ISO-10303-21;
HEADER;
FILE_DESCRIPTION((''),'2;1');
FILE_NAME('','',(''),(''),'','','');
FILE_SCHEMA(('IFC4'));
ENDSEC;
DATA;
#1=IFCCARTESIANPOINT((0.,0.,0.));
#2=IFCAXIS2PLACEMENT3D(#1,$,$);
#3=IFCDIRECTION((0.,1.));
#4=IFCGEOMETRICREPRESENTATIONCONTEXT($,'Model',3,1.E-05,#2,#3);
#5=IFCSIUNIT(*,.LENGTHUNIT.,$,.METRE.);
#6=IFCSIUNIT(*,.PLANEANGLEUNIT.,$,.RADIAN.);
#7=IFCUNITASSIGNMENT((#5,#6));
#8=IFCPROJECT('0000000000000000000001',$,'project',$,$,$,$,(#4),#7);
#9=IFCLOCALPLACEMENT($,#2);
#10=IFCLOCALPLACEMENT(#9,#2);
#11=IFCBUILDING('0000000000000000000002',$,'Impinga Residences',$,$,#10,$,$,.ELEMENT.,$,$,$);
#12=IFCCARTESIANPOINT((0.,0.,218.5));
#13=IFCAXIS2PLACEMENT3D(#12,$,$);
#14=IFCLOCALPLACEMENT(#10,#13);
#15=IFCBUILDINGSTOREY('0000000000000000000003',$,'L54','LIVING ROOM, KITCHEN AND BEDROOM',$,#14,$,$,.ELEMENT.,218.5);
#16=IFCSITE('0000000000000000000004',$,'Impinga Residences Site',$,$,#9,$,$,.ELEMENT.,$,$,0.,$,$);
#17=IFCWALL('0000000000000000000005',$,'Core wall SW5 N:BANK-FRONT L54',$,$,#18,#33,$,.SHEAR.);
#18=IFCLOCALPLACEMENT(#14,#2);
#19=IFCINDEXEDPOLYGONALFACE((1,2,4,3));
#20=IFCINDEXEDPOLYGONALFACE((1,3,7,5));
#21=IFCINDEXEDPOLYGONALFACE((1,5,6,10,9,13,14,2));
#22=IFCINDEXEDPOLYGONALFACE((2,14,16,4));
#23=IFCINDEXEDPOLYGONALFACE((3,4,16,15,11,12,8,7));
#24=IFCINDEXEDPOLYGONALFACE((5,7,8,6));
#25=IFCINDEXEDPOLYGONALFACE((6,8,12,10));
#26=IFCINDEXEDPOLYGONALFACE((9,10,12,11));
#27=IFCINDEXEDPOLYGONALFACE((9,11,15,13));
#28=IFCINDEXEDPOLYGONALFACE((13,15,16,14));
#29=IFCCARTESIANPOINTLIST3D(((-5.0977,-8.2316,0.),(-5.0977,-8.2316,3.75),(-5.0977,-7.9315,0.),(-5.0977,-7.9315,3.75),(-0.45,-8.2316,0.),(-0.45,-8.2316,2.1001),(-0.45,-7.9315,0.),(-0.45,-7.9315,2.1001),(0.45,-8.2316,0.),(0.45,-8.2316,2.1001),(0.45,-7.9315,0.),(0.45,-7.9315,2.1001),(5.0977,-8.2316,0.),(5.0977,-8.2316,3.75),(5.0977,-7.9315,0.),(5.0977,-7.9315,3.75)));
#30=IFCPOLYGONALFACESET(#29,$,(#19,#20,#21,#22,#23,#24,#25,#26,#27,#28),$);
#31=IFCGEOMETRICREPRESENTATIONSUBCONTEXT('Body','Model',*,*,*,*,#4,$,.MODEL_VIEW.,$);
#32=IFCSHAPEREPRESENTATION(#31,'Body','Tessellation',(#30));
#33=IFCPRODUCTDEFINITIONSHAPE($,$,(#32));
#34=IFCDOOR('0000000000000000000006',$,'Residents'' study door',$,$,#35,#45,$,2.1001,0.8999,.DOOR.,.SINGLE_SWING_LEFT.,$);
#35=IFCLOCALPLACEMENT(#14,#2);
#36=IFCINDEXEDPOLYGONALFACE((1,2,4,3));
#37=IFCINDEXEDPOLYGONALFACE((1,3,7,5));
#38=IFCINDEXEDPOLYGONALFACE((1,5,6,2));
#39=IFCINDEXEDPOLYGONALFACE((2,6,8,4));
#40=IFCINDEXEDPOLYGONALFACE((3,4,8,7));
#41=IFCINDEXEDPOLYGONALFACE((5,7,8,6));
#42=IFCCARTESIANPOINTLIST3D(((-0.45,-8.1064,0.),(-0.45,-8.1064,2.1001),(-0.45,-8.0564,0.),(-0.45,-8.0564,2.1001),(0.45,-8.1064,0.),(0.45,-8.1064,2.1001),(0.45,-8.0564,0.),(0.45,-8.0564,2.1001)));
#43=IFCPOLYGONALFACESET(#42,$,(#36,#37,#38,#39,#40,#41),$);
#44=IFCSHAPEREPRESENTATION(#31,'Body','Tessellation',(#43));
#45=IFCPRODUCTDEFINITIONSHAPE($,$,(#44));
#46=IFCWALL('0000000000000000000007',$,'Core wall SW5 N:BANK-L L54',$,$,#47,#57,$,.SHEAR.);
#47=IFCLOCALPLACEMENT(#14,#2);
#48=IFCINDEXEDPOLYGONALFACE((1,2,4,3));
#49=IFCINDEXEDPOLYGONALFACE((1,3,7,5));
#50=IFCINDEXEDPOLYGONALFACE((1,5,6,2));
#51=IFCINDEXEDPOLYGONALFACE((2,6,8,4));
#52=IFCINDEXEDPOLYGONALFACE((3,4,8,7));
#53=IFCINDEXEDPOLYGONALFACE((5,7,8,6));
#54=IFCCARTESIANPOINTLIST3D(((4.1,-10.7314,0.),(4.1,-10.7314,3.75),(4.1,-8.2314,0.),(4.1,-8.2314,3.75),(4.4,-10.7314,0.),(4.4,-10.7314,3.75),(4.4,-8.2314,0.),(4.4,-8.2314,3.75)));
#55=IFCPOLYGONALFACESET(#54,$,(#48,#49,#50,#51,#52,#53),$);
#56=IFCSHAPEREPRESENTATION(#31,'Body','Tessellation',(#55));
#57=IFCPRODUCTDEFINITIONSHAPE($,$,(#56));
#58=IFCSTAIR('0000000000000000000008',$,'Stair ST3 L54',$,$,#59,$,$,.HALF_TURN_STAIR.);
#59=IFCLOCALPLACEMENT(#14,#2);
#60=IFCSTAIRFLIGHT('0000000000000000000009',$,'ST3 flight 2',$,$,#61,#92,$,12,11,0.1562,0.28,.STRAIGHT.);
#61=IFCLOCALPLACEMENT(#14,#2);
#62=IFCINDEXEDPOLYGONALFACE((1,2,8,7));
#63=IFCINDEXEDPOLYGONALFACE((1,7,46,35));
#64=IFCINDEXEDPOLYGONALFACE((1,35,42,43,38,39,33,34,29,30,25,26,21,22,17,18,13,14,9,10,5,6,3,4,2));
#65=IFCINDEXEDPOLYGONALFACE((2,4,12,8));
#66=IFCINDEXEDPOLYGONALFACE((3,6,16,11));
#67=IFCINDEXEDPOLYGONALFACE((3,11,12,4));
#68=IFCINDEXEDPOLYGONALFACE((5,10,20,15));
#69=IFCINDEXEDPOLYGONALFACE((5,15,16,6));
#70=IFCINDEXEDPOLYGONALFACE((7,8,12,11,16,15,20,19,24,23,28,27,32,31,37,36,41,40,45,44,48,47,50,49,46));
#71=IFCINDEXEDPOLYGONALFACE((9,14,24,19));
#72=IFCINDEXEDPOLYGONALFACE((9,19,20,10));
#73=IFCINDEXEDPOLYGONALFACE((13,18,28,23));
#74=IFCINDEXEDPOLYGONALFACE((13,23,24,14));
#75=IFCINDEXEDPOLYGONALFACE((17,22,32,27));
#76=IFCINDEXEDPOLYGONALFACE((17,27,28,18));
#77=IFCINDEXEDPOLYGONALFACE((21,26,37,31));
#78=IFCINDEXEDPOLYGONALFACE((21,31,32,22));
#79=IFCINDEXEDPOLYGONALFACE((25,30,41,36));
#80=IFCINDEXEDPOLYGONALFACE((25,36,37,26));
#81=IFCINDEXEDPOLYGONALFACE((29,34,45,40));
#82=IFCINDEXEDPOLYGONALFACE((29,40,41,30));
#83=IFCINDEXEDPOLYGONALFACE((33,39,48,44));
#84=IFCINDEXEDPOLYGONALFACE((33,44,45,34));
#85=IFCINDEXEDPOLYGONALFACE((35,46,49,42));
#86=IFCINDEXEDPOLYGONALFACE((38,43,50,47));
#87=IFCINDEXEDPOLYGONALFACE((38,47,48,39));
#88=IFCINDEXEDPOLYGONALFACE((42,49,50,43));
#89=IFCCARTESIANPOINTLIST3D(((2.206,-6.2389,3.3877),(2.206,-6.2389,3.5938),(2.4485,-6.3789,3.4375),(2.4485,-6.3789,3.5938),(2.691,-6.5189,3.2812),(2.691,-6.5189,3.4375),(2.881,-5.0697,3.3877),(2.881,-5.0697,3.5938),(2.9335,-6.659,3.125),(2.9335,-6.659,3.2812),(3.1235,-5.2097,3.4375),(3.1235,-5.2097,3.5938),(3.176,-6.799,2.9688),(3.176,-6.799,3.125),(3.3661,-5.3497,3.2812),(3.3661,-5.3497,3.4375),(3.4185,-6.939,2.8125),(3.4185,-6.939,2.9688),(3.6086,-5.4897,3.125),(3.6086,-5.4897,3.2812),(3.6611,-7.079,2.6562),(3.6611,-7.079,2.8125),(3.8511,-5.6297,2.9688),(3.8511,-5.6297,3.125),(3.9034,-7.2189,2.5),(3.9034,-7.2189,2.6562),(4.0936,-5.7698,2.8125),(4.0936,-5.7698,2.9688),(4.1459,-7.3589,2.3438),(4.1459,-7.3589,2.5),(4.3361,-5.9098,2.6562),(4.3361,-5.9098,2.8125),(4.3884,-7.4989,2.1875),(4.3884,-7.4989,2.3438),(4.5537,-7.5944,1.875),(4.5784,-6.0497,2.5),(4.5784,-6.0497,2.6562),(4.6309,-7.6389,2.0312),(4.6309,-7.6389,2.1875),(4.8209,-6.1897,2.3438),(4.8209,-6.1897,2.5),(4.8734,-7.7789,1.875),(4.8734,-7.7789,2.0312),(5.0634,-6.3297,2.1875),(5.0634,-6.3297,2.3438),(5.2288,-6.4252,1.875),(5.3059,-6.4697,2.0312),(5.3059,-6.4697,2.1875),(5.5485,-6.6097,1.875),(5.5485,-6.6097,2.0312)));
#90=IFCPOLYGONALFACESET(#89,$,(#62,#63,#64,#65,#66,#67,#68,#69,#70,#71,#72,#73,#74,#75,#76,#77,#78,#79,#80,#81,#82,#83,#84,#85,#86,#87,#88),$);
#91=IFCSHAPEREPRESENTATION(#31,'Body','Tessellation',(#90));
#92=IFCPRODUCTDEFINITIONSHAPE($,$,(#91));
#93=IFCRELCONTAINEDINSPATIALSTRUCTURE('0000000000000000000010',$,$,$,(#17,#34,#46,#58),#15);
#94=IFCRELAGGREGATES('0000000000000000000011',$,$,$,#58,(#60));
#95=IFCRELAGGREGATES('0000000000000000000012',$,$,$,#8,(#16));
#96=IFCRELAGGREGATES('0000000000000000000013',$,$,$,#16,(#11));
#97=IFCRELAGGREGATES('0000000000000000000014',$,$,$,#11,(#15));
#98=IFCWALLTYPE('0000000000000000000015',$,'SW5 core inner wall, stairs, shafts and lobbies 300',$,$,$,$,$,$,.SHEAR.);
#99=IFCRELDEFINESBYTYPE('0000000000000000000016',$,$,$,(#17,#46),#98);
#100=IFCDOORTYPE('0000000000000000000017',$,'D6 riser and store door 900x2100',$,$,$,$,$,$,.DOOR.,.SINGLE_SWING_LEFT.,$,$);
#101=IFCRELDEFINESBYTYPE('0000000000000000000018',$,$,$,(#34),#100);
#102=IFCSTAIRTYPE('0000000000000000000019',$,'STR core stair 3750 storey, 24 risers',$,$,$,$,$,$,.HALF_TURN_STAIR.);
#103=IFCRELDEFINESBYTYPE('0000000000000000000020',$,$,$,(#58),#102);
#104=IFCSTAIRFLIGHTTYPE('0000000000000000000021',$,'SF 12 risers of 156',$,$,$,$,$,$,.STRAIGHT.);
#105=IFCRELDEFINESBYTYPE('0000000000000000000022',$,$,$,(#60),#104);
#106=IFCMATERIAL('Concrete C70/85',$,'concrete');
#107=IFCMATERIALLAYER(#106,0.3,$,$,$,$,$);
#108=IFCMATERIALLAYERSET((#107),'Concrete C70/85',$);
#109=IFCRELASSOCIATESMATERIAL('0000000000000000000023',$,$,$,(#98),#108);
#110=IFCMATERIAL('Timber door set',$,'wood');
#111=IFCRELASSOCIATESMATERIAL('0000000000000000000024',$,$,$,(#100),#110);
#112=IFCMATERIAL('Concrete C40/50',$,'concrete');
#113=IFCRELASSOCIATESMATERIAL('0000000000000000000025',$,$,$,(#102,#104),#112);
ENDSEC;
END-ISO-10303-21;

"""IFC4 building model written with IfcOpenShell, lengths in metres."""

from ifc_helpers import new_model, si_unit, direction, frame, frame_2d, origin, place, context, subcontext, project, spatial, polyline, rectangle, outline, extrude, material, layer, layer_set, type_object, element, fill, aggregate, save


model = new_model("IFC4")

# Units and contexts
model_context = context("Model", 3, precision=1e-05, world=origin(), true_north=direction((0.0, 1.0)))
body_context = subcontext(model_context, "Body", "Model", "MODEL_VIEW")
ifc_project = project(units=[si_unit("LENGTHUNIT", "METRE"), si_unit("PLANEANGLEUNIT", "RADIAN")], contexts=[model_context])

# Site, building, storey
site_placement = place(None, origin())
site = spatial("IfcSite", under=ifc_project, at=site_placement, Name="Impinga Residences Site", CompositionType="ELEMENT", RefElevation=0.0)
building_placement = place(site_placement, origin())
building = spatial("IfcBuilding", under=site, at=building_placement, Name="Impinga Residences", CompositionType="ELEMENT")
storey_placement = place(building_placement, frame((0.0, 0.0, 218.5)))
storey = spatial("IfcBuildingStorey", under=building, at=storey_placement, Name="L54", Description="LIVING ROOM, KITCHEN AND BEDROOM", CompositionType="ELEMENT", Elevation=218.5)

# Shared definitions
ifc_material_1 = material(Name="Timber door set", Category="wood")

# Wall, opening, door
ifc_material_2 = material(Name="Concrete C70/85", Category="concrete")
ifc_layer_1 = layer(ifc_material_2, 0.3)
ifc_layer_set_1 = layer_set([ifc_layer_1], Name="Concrete C70/85")
wall_type_1 = type_object("IfcWallType", Name="SW5 core inner wall, stairs, shafts and lobbies 300", PredefinedType="SHEAR", material=ifc_layer_set_1)
wall_1_placement = place(storey_placement, frame((5.0977, -8.0815, 0.0), z_axis=(0.0, 0.0, 1.0), x_axis=(-1.0, 0.0, 0.0)))
wall_1 = element("IfcWall", 1, at=wall_1_placement, inside=storey, type_object=wall_type_1, Name="Core wall SW5 N:BANK-FRONT L54", PredefinedType="SHEAR", context=body_context, shape_type="SweptSolid", body=[
    extrude(rectangle(XDim=10.1953, YDim=0.3, at=frame_2d((5.0977, 0.0))), origin(), (0.0, 0.0, 1.0), 3.75),
])
opening_1_placement = place(wall_1_placement, frame((4.6477, 0.0, 0.0)))
opening_1 = element("IfcOpeningElement", 2, at=opening_1_placement, cuts=wall_1, PredefinedType="OPENING", context=body_context, shape_type="SweptSolid", body=[
    extrude(rectangle(XDim=0.8999, YDim=2.1001, at=frame_2d((0.45, 1.05))), frame((0.0, 0.1599, 0.0), z_axis=(0.0, -1.0, 0.0), x_axis=(1.0, 0.0, 0.0)), (0.0, 0.0, 1.0), 0.3201),
])
door_type_1 = type_object("IfcDoorType", Name="D6 riser and store door 900x2100", OperationType="SINGLE_SWING_LEFT", PredefinedType="DOOR", material=ifc_material_1)
door_1_placement = place(opening_1_placement, origin())
door_1 = element("IfcDoor", 3, at=door_1_placement, inside=storey, type_object=door_type_1, Name="Residents' study door", OperationType="SINGLE_SWING_LEFT", OverallHeight=2.1001, OverallWidth=0.8999, PredefinedType="DOOR", context=body_context, shape_type="SweptSolid", body=[
    extrude(rectangle(XDim=0.8999, YDim=2.1001, at=frame_2d((0.45, 1.05))), frame((0.0, 0.0249, 0.0), z_axis=(0.0, -1.0, 0.0), x_axis=(1.0, 0.0, 0.0)), (0.0, 0.0, 1.0), 0.05),
])
fill(opening_1, door_1)

# Wall
wall_2_placement = place(storey_placement, frame((4.25, -8.2314, 0.0), z_axis=(0.0, 0.0, 1.0), x_axis=(0.0, -1.0, 0.0)))
element("IfcWall", 4, at=wall_2_placement, inside=storey, type_object=wall_type_1, Name="Core wall SW5 N:BANK-L L54", PredefinedType="SHEAR", context=body_context, shape_type="SweptSolid", body=[
    extrude(rectangle(XDim=2.5, YDim=0.3, at=frame_2d((1.25, 0.0))), origin(), (0.0, 0.0, 1.0), 3.75),
])

# Stair, stair flight
ifc_material_3 = material(Name="Concrete C40/50", Category="concrete")
stair_type = type_object("IfcStairType", Name="STR core stair 3750 storey, 24 risers", PredefinedType="HALF_TURN_STAIR", material=ifc_material_3)
stair_placement = place(storey_placement, origin())
stair = element("IfcStair", 5, at=stair_placement, inside=storey, type_object=stair_type, Name="Stair ST3 L54", PredefinedType="HALF_TURN_STAIR")
stair_flight_type = type_object("IfcStairFlightType", Name="SF 12 risers of 156", PredefinedType="STRAIGHT", material=ifc_material_3)
stair_flight_placement = place(storey_placement, frame((5.2109, -7.1943, 1.875), z_axis=(0.0, 0.0, 1.0), x_axis=(-0.866025, 0.5, 0.0)))
stair_flight = element("IfcStairFlight", 6, at=stair_flight_placement, type_object=stair_flight_type, Name="ST3 flight 2", NumberOfRisers=12, NumberOfTreads=11, PredefinedType="STRAIGHT", RiserHeight=0.1562, TreadLength=0.28, context=body_context, shape_type="SweptSolid", body=[
    extrude(outline(polyline([(0.0, 0.0), (0.0, 0.1562), (0.28, 0.1562), (0.28, 0.3125), (0.5601, 0.3125), (0.5601, 0.4688), (0.8401, 0.4688), (0.8401, 0.625), (1.1201, 0.625), (1.1201, 0.7812), (1.3999, 0.7812), (1.3999, 0.9375), (1.6799, 0.9375), (1.6799, 1.0938), (1.96, 1.0938), (1.96, 1.25), (2.24, 1.25), (2.24, 1.4062), (2.52, 1.4062), (2.52, 1.5625), (2.8, 1.5625), (2.8, 1.7188), (3.0801, 1.7188), (3.0801, 1.875), (3.0801, 1.5127), (0.3691, 0.0), (0.0, 0.0)])), frame((0.0, 0.675, 0.0), z_axis=(0.0, -1.0, 0.0), x_axis=(1.0, 0.0, 0.0)), (0.0, 0.0, 1.0), 1.3501),
])
aggregate(stair, [stair_flight])

save(model, "model.ifc")
